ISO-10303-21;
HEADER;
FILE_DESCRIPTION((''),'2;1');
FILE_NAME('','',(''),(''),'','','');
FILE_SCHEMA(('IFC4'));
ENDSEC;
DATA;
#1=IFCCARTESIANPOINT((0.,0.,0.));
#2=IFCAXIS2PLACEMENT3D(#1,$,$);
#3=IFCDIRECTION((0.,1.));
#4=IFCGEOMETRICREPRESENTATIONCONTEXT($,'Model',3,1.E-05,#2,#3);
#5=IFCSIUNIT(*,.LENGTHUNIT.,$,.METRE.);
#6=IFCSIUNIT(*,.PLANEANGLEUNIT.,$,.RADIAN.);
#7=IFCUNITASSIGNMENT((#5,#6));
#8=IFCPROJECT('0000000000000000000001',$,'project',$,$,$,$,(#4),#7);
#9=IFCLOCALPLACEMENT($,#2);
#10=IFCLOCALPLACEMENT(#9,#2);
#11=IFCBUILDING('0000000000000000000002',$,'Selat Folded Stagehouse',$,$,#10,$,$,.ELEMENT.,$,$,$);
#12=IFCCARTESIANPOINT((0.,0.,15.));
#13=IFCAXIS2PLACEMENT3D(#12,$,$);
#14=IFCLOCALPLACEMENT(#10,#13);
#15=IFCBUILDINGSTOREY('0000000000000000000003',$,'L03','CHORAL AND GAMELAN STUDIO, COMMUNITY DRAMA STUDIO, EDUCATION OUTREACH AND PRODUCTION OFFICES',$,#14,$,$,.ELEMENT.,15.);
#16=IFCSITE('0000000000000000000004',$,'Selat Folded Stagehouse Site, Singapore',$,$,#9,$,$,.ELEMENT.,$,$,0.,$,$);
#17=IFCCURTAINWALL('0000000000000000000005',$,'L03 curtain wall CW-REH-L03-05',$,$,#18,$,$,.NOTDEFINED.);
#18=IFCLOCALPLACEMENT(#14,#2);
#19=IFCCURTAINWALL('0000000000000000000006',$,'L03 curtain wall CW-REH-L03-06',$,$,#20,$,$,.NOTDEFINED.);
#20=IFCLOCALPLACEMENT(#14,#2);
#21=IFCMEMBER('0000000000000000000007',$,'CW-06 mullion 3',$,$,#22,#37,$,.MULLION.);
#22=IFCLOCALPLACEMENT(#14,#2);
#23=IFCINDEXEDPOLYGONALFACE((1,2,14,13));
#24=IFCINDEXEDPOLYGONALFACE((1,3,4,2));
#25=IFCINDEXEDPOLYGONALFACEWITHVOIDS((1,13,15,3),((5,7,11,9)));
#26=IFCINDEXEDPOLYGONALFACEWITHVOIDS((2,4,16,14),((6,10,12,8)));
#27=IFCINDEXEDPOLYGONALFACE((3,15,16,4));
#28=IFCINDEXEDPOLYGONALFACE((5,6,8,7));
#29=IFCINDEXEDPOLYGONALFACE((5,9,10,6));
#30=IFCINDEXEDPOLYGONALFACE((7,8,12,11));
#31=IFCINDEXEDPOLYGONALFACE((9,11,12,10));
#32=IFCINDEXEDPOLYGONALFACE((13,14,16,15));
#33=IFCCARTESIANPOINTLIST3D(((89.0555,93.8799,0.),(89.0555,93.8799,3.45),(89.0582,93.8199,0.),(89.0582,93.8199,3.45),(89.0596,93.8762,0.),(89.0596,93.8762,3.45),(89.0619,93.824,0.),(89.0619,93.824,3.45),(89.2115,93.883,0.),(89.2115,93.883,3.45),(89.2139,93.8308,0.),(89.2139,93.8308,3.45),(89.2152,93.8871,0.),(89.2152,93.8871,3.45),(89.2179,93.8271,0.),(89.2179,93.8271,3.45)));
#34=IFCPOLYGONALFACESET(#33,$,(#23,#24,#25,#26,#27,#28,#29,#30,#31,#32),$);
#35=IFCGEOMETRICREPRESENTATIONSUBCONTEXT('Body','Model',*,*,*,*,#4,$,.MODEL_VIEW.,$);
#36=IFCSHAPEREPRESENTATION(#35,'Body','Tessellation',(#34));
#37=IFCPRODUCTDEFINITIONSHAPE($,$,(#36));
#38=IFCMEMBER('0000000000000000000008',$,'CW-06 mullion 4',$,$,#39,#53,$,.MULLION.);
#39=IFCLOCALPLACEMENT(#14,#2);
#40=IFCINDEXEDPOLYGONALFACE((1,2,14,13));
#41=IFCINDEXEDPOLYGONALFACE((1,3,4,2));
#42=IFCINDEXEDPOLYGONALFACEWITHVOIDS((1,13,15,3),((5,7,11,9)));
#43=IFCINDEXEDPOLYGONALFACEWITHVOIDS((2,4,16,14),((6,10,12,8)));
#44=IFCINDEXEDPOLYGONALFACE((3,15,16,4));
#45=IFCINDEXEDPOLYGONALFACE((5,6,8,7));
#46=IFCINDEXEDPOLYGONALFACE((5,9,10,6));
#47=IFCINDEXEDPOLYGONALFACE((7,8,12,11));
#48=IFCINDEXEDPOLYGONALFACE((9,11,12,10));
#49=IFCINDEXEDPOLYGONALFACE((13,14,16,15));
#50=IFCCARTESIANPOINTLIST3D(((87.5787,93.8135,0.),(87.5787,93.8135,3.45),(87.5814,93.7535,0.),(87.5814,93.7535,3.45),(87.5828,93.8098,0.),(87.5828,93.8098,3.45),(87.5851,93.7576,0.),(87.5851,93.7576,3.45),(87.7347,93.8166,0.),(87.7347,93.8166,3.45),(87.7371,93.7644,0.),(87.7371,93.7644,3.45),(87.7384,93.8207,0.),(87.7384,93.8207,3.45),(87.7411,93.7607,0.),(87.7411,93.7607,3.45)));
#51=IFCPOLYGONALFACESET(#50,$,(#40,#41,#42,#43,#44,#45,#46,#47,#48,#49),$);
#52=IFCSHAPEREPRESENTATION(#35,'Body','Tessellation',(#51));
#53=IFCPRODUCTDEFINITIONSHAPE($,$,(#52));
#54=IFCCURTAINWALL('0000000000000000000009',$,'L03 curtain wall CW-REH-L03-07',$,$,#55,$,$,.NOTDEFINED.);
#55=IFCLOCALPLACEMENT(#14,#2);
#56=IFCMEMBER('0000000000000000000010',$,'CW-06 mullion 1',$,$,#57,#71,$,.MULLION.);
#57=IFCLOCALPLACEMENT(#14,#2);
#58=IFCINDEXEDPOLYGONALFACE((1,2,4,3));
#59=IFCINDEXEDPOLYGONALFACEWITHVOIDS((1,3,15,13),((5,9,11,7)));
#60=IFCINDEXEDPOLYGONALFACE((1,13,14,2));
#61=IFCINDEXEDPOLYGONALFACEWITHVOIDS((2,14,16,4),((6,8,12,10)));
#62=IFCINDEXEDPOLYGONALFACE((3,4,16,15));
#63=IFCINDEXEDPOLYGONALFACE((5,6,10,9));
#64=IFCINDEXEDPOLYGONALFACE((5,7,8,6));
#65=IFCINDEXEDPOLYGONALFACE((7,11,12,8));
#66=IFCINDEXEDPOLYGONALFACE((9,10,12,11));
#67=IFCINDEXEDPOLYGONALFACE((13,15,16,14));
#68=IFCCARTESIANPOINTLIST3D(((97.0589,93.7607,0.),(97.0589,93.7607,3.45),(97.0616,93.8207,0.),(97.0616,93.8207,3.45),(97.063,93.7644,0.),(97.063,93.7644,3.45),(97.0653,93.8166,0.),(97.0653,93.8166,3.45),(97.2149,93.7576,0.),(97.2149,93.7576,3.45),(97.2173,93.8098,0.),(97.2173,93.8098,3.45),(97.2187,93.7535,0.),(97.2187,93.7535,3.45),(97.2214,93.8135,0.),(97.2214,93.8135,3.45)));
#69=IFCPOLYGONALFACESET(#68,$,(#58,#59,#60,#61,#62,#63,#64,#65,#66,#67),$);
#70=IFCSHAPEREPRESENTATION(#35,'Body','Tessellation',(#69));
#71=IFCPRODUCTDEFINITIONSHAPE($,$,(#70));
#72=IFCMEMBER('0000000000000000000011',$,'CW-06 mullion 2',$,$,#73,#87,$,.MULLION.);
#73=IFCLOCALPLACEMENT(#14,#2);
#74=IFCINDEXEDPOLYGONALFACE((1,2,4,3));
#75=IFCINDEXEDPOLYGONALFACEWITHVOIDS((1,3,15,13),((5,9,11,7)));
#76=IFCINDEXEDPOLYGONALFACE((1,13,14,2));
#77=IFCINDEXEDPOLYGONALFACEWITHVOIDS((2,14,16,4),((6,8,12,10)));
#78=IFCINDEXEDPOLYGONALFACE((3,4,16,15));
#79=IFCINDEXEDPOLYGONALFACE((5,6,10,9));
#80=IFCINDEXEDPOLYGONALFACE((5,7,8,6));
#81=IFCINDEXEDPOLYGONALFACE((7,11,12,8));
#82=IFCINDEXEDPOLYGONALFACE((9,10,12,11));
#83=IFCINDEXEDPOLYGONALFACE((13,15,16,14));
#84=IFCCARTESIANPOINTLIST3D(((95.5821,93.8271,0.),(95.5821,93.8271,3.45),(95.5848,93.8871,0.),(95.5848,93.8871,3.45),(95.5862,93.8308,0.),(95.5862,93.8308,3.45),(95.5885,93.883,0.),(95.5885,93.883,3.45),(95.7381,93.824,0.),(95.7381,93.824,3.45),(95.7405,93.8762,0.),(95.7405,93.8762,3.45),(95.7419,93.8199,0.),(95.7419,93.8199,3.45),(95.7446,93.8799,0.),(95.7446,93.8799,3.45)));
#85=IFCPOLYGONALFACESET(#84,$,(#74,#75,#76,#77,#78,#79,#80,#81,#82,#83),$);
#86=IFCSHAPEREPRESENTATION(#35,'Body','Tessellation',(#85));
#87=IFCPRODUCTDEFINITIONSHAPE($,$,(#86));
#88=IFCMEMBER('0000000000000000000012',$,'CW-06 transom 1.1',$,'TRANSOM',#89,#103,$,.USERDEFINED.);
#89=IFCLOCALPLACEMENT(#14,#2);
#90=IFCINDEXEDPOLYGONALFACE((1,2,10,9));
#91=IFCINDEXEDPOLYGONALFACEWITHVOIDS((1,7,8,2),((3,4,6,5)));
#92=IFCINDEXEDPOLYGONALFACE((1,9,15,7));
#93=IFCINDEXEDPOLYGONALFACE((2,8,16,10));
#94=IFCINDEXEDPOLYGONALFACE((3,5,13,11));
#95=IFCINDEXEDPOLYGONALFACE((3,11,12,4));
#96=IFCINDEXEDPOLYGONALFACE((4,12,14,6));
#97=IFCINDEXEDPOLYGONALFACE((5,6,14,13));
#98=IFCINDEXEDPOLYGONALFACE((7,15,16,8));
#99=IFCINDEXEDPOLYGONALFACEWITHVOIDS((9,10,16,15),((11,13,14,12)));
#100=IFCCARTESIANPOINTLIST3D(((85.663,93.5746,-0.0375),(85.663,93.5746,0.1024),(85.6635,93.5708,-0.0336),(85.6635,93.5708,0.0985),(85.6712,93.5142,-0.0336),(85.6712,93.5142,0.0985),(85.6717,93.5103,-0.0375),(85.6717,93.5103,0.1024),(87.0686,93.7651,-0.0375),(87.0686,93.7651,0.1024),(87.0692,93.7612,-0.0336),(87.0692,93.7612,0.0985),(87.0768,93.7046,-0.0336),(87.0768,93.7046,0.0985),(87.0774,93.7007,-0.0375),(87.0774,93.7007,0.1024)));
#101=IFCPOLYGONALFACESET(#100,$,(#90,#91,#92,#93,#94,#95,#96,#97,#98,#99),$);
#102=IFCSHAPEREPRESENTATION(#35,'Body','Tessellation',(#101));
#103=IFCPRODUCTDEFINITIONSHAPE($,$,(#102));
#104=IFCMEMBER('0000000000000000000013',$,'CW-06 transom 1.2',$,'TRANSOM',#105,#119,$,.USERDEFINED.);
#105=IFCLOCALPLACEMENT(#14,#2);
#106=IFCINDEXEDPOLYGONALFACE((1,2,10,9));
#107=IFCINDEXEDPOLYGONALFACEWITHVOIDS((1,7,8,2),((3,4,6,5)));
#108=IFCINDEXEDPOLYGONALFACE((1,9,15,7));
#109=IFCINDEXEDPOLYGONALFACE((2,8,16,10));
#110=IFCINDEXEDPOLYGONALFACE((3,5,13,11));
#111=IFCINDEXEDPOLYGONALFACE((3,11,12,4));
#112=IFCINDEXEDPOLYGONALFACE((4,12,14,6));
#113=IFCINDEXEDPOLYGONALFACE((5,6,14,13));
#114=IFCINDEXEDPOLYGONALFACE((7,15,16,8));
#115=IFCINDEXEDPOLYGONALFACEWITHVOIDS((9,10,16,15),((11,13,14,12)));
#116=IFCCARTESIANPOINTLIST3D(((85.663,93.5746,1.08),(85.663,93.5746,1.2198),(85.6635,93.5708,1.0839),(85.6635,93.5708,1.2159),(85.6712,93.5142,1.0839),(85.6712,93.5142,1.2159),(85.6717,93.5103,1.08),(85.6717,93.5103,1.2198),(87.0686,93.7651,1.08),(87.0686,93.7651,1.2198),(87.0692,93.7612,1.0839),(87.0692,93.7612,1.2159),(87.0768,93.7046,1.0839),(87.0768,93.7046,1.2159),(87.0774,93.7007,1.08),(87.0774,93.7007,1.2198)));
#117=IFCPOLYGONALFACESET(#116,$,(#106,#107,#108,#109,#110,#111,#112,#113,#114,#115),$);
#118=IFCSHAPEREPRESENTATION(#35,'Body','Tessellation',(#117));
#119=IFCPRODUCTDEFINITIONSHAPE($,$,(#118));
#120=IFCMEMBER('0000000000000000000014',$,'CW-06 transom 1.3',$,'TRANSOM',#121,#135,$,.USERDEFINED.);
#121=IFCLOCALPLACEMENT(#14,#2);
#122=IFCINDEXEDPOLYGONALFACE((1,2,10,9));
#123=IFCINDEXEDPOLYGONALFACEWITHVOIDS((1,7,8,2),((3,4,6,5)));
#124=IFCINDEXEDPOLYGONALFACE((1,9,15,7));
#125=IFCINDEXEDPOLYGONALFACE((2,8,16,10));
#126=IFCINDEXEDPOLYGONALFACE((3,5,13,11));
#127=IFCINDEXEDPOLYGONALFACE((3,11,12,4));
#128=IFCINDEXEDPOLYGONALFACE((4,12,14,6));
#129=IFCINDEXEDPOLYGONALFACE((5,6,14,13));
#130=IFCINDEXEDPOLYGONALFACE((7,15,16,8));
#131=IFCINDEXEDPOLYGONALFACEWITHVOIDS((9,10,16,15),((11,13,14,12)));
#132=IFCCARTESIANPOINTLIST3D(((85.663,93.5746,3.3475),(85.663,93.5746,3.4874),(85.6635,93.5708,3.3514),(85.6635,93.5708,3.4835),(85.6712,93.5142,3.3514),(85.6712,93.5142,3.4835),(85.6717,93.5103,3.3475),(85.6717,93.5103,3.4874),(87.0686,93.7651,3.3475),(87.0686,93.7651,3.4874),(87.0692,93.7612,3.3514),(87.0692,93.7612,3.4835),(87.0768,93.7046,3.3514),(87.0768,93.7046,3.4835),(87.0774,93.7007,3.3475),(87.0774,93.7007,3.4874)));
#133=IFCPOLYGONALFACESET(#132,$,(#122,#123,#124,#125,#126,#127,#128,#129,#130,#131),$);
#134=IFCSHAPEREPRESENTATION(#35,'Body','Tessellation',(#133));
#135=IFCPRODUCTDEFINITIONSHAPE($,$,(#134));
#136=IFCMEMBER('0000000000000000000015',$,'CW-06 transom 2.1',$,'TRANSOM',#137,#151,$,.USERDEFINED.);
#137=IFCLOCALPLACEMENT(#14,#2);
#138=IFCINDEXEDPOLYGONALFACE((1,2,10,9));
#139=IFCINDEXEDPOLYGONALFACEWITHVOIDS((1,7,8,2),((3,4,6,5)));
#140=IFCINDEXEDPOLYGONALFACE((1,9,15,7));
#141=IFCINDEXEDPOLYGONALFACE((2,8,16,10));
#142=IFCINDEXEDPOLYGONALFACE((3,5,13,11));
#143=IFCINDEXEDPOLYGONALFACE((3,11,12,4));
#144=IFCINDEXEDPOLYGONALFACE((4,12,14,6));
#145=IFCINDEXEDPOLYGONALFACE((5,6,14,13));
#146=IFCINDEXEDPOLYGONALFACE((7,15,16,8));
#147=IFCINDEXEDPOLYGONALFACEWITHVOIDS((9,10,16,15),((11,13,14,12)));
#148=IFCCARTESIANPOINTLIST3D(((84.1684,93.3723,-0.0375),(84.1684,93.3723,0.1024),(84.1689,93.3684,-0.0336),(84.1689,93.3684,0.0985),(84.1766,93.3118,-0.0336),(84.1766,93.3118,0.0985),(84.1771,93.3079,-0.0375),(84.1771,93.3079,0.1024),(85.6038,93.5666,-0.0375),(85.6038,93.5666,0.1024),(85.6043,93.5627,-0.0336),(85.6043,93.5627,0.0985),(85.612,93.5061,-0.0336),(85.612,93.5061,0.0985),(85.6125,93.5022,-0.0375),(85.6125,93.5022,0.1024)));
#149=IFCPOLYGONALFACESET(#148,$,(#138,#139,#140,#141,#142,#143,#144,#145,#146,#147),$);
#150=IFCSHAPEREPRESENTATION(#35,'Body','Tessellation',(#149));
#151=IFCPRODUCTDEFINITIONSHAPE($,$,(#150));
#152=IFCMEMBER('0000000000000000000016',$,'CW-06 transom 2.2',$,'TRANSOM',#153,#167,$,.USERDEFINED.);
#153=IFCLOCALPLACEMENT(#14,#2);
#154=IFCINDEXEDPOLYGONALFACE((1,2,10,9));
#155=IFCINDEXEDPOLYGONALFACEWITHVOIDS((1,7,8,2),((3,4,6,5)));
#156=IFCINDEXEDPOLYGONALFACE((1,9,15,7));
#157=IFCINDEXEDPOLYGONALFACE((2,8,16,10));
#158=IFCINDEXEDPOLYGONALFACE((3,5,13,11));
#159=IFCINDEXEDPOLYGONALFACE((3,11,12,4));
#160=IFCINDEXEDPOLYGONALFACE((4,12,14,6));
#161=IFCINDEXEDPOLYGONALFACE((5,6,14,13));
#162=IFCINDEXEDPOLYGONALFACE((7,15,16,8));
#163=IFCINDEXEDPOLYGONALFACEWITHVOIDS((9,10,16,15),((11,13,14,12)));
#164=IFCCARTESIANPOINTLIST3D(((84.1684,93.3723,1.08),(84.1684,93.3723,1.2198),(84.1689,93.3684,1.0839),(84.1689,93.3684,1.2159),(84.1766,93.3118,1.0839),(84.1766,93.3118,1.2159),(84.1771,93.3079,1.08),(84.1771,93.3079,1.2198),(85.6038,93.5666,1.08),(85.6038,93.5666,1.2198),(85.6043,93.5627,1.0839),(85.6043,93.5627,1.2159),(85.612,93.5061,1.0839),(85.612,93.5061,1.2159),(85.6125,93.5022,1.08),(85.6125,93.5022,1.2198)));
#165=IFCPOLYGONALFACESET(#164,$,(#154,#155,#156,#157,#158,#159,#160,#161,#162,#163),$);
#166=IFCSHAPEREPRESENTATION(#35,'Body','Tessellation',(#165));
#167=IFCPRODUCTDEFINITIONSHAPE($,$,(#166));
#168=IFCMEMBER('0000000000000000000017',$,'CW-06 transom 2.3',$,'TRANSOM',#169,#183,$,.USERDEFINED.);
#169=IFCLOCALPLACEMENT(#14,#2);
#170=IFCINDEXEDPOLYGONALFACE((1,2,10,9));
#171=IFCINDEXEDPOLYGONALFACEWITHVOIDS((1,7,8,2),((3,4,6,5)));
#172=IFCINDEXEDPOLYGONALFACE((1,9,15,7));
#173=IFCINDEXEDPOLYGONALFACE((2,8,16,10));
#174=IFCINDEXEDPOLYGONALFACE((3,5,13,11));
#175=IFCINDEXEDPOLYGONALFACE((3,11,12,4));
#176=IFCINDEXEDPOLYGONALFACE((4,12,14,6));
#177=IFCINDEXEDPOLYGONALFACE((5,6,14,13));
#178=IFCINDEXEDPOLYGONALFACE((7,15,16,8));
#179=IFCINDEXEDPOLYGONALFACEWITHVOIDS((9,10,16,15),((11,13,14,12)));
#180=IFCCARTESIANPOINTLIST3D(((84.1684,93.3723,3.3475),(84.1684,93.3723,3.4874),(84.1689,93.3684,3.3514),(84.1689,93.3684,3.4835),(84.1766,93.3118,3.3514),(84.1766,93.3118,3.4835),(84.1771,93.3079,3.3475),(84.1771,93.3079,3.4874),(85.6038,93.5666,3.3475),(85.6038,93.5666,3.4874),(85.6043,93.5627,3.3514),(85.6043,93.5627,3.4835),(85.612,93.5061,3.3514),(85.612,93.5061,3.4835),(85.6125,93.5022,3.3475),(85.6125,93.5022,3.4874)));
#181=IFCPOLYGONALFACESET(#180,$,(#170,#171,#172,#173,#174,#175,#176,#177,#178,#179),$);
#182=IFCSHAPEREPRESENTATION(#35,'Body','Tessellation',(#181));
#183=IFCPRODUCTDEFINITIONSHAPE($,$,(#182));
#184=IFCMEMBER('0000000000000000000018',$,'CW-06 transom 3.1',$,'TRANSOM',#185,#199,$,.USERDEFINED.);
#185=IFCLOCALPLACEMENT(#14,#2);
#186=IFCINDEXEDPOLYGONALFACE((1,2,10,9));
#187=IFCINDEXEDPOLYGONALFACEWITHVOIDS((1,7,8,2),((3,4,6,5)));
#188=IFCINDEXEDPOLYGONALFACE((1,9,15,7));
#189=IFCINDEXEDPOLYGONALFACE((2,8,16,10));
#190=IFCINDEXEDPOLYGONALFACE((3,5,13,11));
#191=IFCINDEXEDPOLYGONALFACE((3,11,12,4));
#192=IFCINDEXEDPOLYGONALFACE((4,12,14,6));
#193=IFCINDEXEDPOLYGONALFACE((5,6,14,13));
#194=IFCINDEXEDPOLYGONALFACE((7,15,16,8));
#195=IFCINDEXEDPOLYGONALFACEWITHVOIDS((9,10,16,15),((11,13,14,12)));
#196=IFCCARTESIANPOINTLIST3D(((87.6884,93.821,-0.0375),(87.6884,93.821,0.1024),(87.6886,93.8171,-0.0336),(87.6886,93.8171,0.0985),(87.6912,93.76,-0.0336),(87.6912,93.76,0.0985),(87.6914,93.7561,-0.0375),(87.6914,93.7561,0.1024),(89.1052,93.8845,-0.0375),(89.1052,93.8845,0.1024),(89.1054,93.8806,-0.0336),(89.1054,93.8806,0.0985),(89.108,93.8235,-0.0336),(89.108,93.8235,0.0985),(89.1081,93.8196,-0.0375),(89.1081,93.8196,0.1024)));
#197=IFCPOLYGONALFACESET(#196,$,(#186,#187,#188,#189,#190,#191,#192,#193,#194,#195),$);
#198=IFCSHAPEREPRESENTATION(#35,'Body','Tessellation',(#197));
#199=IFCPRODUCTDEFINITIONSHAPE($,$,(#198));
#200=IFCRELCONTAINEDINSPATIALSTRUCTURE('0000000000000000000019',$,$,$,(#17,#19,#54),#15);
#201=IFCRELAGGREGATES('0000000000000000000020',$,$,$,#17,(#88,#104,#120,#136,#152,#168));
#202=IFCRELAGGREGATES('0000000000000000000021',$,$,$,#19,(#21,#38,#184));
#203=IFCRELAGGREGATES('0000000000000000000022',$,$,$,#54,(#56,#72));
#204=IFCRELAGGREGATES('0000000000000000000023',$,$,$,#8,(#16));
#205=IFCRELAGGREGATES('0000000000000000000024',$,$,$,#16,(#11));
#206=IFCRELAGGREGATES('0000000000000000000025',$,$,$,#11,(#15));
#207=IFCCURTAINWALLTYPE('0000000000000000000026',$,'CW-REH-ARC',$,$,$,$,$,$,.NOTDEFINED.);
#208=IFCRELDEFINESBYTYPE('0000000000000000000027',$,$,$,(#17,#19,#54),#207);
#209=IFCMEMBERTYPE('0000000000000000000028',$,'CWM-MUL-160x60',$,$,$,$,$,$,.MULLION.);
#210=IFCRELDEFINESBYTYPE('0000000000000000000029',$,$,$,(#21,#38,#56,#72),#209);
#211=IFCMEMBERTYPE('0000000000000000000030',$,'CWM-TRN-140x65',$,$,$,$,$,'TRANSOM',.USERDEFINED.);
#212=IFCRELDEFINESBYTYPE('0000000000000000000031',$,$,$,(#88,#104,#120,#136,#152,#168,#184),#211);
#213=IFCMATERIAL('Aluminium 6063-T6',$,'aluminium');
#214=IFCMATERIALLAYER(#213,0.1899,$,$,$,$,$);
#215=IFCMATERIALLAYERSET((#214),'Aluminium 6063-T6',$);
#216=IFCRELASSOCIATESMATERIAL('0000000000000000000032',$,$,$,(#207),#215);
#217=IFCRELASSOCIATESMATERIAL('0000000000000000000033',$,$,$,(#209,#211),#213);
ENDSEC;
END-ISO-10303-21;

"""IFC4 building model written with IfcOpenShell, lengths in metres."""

from ifc_helpers import new_model, si_unit, direction, frame, origin, origin_2d, place, context, subcontext, project, spatial, hollow_rectangle, extrude, material, layer, layer_set, material_profile, profile_set, type_object, element, aggregate, save


model = new_model("IFC4")

# Units and contexts
model_context = context("Model", 3, precision=1e-05, world=origin(), true_north=direction((0.0, 1.0)))
body_context = subcontext(model_context, "Body", "Model", "MODEL_VIEW")
ifc_project = project(units=[si_unit("LENGTHUNIT", "METRE"), si_unit("PLANEANGLEUNIT", "RADIAN")], contexts=[model_context])

# Site, building, storey
site_placement = place(None, origin())
site = spatial("IfcSite", under=ifc_project, at=site_placement, Name="Selat Folded Stagehouse Site, Singapore", CompositionType="ELEMENT", RefElevation=0.0)
building_placement = place(site_placement, origin())
building = spatial("IfcBuilding", under=site, at=building_placement, Name="Selat Folded Stagehouse", CompositionType="ELEMENT")
storey_placement = place(building_placement, frame((0.0, 0.0, 15.0)))
storey = spatial("IfcBuildingStorey", under=building, at=storey_placement, Name="L03", Description="CHORAL AND GAMELAN STUDIO, COMMUNITY DRAMA STUDIO, EDUCATION OUTREACH AND PRODUCTION OFFICES", CompositionType="ELEMENT", Elevation=15.0)

# Curtain walls, members
ifc_material_1 = material(Name="Aluminium 6063-T6", Category="aluminium")
ifc_layer_1 = layer(ifc_material_1, 0.1899)
ifc_layer_set_1 = layer_set([ifc_layer_1], Name="Aluminium 6063-T6")
curtain_wall_type = type_object("IfcCurtainWallType", Name="CW-REH-ARC", PredefinedType="NOTDEFINED", material=ifc_layer_set_1)
curtain_wall_1_placement = place(storey_placement, origin())
curtain_wall_1 = element("IfcCurtainWall", 1, at=curtain_wall_1_placement, inside=storey, type_object=curtain_wall_type, Name="L03 curtain wall CW-REH-L03-05", PredefinedType="NOTDEFINED")
ifc_material_profile_1 = material_profile(ifc_material_1, hollow_rectangle(XDim=0.0601, YDim=0.1599, WallThickness=0.0039, at=origin_2d()), Name="ALU 160x60x4.0")
ifc_profile_set_1 = profile_set([ifc_material_profile_1], Name="Aluminium 6063-T6")
member_type_1 = type_object("IfcMemberType", Name="CWM-MUL-160x60", PredefinedType="MULLION", material=ifc_profile_set_1)
curtain_wall_2_placement = place(storey_placement, origin())
curtain_wall_2 = element("IfcCurtainWall", 2, at=curtain_wall_2_placement, inside=storey, type_object=curtain_wall_type, Name="L03 curtain wall CW-REH-L03-06", PredefinedType="NOTDEFINED")
member_1_placement = place(storey_placement, frame((89.1367, 93.8535, 0.0), z_axis=(0.0, 0.0, 1.0), x_axis=(0.044862, -0.998993, 0.0)))
member_1 = element("IfcMember", 3, at=member_1_placement, type_object=member_type_1, Name="CW-06 mullion 3", PredefinedType="MULLION", context=body_context, shape_type="SweptSolid", body=[
    extrude(hollow_rectangle(XDim=0.0601, YDim=0.1599, WallThickness=0.0039, at=origin_2d()), origin(), (0.0, 0.0, 1.0), 3.45),
])
member_2_placement = place(storey_placement, frame((87.6599, 93.7871, 0.0), z_axis=(0.0, 0.0, 1.0), x_axis=(0.044862, -0.998993, 0.0)))
member_2 = element("IfcMember", 4, at=member_2_placement, type_object=member_type_1, Name="CW-06 mullion 4", PredefinedType="MULLION", context=body_context, shape_type="SweptSolid", body=[
    extrude(hollow_rectangle(XDim=0.0601, YDim=0.1599, WallThickness=0.0039, at=origin_2d()), origin(), (0.0, 0.0, 1.0), 3.45),
])
curtain_wall_3_placement = place(storey_placement, origin())
curtain_wall_3 = element("IfcCurtainWall", 5, at=curtain_wall_3_placement, inside=storey, type_object=curtain_wall_type, Name="L03 curtain wall CW-REH-L03-07", PredefinedType="NOTDEFINED")
member_3_placement = place(storey_placement, frame((97.1401, 93.7871, 0.0), z_axis=(0.0, 0.0, 1.0), x_axis=(-0.044862, -0.998993, 0.0)))
member_3 = element("IfcMember", 6, at=member_3_placement, type_object=member_type_1, Name="CW-06 mullion 1", PredefinedType="MULLION", context=body_context, shape_type="SweptSolid", body=[
    extrude(hollow_rectangle(XDim=0.0601, YDim=0.1599, WallThickness=0.0039, at=origin_2d()), origin(), (0.0, 0.0, 1.0), 3.45),
])
member_4_placement = place(storey_placement, frame((95.6633, 93.8535, 0.0), z_axis=(0.0, 0.0, 1.0), x_axis=(-0.044862, -0.998993, 0.0)))
member_4 = element("IfcMember", 7, at=member_4_placement, type_object=member_type_1, Name="CW-06 mullion 2", PredefinedType="MULLION", context=body_context, shape_type="SweptSolid", body=[
    extrude(hollow_rectangle(XDim=0.0601, YDim=0.1599, WallThickness=0.0039, at=origin_2d()), origin(), (0.0, 0.0, 1.0), 3.45),
])

# Members
ifc_material_profile_2 = material_profile(ifc_material_1, hollow_rectangle(XDim=0.0649, YDim=0.1399, WallThickness=0.0039, at=origin_2d()), Name="ALU 140x65x4.0")
ifc_profile_set_2 = profile_set([ifc_material_profile_2], Name="Aluminium 6063-T6")
member_type_2 = type_object("IfcMemberType", Name="CWM-TRN-140x65", ElementType="TRANSOM", PredefinedType="USERDEFINED", material=ifc_profile_set_2)
member_5_placement = place(storey_placement, frame((87.073, 93.7329, 0.0325), z_axis=(-0.990946, -0.134261, 0.0), x_axis=(0.134261, -0.990946, 0.0)))
member_5 = element("IfcMember", 8, at=member_5_placement, type_object=member_type_2, Name="CW-06 transom 1.1", ObjectType="TRANSOM", PredefinedType="USERDEFINED", context=body_context, shape_type="SweptSolid", body=[
    extrude(hollow_rectangle(XDim=0.0649, YDim=0.1399, WallThickness=0.0039, at=origin_2d()), origin(), (0.0, 0.0, 1.0), 1.4185),
])
member_6_placement = place(storey_placement, frame((87.073, 93.7329, 1.1499), z_axis=(-0.990946, -0.134261, 0.0), x_axis=(0.134261, -0.990946, 0.0)))
member_6 = element("IfcMember", 9, at=member_6_placement, type_object=member_type_2, Name="CW-06 transom 1.2", ObjectType="TRANSOM", PredefinedType="USERDEFINED", context=body_context, shape_type="SweptSolid", body=[
    extrude(hollow_rectangle(XDim=0.0649, YDim=0.1399, WallThickness=0.0039, at=origin_2d()), origin(), (0.0, 0.0, 1.0), 1.4185),
])
member_7_placement = place(storey_placement, frame((87.073, 93.7329, 3.4175), z_axis=(-0.990946, -0.134261, 0.0), x_axis=(0.134261, -0.990946, 0.0)))
member_7 = element("IfcMember", 10, at=member_7_placement, type_object=member_type_2, Name="CW-06 transom 1.3", ObjectType="TRANSOM", PredefinedType="USERDEFINED", context=body_context, shape_type="SweptSolid", body=[
    extrude(hollow_rectangle(XDim=0.0649, YDim=0.1399, WallThickness=0.0039, at=origin_2d()), origin(), (0.0, 0.0, 1.0), 1.4185),
])
member_8_placement = place(storey_placement, frame((85.6082, 93.5344, 0.0325), z_axis=(-0.990958, -0.134173, 0.0), x_axis=(0.134173, -0.990958, 0.0)))
member_8 = element("IfcMember", 11, at=member_8_placement, type_object=member_type_2, Name="CW-06 transom 2.1", ObjectType="TRANSOM", PredefinedType="USERDEFINED", context=body_context, shape_type="SweptSolid", body=[
    extrude(hollow_rectangle(XDim=0.0649, YDim=0.1399, WallThickness=0.0039, at=origin_2d()), origin(), (0.0, 0.0, 1.0), 1.4485),
])
member_9_placement = place(storey_placement, frame((85.6082, 93.5344, 1.1499), z_axis=(-0.990958, -0.134173, 0.0), x_axis=(0.134173, -0.990958, 0.0)))
member_9 = element("IfcMember", 12, at=member_9_placement, type_object=member_type_2, Name="CW-06 transom 2.2", ObjectType="TRANSOM", PredefinedType="USERDEFINED", context=body_context, shape_type="SweptSolid", body=[
    extrude(hollow_rectangle(XDim=0.0649, YDim=0.1399, WallThickness=0.0039, at=origin_2d()), origin(), (0.0, 0.0, 1.0), 1.4485),
])
member_10_placement = place(storey_placement, frame((85.6082, 93.5344, 3.4175), z_axis=(-0.990958, -0.134173, 0.0), x_axis=(0.134173, -0.990958, 0.0)))
member_10 = element("IfcMember", 13, at=member_10_placement, type_object=member_type_2, Name="CW-06 transom 2.3", ObjectType="TRANSOM", PredefinedType="USERDEFINED", context=body_context, shape_type="SweptSolid", body=[
    extrude(hollow_rectangle(XDim=0.0649, YDim=0.1399, WallThickness=0.0039, at=origin_2d()), origin(), (0.0, 0.0, 1.0), 1.4485),
])
member_11_placement = place(storey_placement, frame((89.1067, 93.8521, 0.0325), z_axis=(-0.998998, -0.04476, 0.0), x_axis=(0.04476, -0.998998, 0.0)))
member_11 = element("IfcMember", 14, at=member_11_placement, type_object=member_type_2, Name="CW-06 transom 3.1", ObjectType="TRANSOM", PredefinedType="USERDEFINED", context=body_context, shape_type="SweptSolid", body=[
    extrude(hollow_rectangle(XDim=0.0649, YDim=0.1399, WallThickness=0.0039, at=origin_2d()), origin(), (0.0, 0.0, 1.0), 1.4182),
])

aggregate(curtain_wall_1, [member_5, member_6, member_7, member_8, member_9, member_10])
aggregate(curtain_wall_2, [member_1, member_2, member_11])
aggregate(curtain_wall_3, [member_3, member_4])

save(model, "model.ifc")
